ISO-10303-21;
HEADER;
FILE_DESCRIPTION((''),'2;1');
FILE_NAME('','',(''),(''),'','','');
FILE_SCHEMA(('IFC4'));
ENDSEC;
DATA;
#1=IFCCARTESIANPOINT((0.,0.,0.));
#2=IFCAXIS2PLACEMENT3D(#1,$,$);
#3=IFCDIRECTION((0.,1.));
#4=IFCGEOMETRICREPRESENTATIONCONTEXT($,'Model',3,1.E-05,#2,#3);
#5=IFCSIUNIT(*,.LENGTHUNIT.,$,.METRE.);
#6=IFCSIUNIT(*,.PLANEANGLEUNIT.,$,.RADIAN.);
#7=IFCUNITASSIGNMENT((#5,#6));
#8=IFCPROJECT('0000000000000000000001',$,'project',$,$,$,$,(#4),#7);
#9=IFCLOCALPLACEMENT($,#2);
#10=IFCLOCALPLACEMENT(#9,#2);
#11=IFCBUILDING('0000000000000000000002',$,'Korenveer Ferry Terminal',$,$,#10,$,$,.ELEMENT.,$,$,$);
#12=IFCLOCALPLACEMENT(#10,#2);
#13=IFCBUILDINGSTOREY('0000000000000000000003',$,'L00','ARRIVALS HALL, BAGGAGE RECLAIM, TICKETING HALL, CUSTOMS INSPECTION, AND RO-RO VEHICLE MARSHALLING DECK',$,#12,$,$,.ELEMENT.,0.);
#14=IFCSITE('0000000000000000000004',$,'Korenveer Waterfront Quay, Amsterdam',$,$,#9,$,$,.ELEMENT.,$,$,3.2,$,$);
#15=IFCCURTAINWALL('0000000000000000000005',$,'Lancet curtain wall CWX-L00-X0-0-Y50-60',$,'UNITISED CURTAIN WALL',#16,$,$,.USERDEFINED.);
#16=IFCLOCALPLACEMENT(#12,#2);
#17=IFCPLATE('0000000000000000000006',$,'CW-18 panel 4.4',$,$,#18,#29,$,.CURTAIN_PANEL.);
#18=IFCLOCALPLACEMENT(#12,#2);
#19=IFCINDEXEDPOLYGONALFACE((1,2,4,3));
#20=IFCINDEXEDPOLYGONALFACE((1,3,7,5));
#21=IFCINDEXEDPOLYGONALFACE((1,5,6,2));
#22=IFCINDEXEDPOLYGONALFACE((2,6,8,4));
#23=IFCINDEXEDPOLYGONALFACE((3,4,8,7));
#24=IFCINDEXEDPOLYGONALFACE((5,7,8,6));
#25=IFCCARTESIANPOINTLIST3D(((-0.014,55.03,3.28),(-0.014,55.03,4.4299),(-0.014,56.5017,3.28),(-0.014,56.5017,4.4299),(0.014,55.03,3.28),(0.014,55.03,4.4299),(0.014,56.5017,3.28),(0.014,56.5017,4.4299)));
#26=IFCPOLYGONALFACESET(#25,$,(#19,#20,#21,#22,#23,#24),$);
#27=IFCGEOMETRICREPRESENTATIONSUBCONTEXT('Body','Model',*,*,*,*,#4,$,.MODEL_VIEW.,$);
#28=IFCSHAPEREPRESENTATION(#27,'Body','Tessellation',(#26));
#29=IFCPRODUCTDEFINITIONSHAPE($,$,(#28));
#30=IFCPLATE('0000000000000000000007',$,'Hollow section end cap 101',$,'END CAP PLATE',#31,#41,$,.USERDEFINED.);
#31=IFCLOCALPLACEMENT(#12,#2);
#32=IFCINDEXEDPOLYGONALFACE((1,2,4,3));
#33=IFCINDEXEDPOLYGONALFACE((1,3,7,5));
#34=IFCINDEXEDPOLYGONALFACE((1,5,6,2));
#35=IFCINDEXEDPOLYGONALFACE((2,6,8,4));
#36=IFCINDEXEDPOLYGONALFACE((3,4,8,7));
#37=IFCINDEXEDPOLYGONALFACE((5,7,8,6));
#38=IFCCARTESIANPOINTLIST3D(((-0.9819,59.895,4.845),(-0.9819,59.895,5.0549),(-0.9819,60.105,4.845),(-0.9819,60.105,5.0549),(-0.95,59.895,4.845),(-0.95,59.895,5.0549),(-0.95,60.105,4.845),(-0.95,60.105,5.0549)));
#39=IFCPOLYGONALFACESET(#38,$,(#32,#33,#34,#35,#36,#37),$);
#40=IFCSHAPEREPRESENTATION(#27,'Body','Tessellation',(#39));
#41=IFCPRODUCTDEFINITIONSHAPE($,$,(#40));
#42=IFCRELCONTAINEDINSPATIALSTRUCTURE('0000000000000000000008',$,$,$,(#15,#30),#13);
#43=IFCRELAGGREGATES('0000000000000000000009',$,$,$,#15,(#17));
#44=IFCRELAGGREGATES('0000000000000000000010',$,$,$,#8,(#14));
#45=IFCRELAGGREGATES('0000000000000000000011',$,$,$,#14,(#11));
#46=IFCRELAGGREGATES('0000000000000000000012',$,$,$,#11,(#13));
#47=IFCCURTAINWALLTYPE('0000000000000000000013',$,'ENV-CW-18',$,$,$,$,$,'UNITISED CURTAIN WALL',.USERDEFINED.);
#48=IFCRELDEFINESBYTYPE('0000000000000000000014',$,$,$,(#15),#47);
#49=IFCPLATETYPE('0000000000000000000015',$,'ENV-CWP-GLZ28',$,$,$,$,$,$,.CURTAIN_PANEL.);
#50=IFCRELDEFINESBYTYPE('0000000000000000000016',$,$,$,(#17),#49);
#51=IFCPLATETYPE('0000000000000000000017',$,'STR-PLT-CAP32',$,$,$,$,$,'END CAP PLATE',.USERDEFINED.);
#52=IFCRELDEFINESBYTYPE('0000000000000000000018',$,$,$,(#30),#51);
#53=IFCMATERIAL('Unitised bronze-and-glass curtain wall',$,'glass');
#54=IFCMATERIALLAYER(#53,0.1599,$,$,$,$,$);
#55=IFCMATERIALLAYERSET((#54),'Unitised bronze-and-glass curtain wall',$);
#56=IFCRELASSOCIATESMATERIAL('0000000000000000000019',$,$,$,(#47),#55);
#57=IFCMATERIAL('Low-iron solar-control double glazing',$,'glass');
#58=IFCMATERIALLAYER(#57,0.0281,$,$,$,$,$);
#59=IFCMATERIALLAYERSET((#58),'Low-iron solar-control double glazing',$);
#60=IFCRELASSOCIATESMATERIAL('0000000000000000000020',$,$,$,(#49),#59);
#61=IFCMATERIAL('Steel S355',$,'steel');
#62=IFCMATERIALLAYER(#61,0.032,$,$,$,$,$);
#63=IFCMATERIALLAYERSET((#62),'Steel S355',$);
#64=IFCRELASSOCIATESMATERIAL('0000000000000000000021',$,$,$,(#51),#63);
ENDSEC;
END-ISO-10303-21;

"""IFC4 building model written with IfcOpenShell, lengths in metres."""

from ifc_helpers import new_model, si_unit, direction, frame, origin, origin_2d, place, context, subcontext, project, spatial, rectangle, extrude, material, layer, layer_set, type_object, element, aggregate, save


model = new_model("IFC4")

# Units and contexts
model_context = context("Model", 3, precision=1e-05, world=origin(), true_north=direction((0.0, 1.0)))
body_context = subcontext(model_context, "Body", "Model", "MODEL_VIEW")
ifc_project = project(units=[si_unit("LENGTHUNIT", "METRE"), si_unit("PLANEANGLEUNIT", "RADIAN")], contexts=[model_context])

# Site, building, storey
site_placement = place(None, origin())
site = spatial("IfcSite", under=ifc_project, at=site_placement, Name="Korenveer Waterfront Quay, Amsterdam", CompositionType="ELEMENT", RefElevation=3.2)
building_placement = place(site_placement, origin())
building = spatial("IfcBuilding", under=site, at=building_placement, Name="Korenveer Ferry Terminal", CompositionType="ELEMENT")
storey_placement = place(building_placement, origin())
storey = spatial("IfcBuildingStorey", under=building, at=storey_placement, Name="L00", Description="ARRIVALS HALL, BAGGAGE RECLAIM, TICKETING HALL, CUSTOMS INSPECTION, AND RO-RO VEHICLE MARSHALLING DECK", CompositionType="ELEMENT", Elevation=0.0)

# Curtain wall
ifc_material_1 = material(Name="Unitised bronze-and-glass curtain wall", Category="glass")
ifc_layer_1 = layer(ifc_material_1, 0.1599)
ifc_layer_set_1 = layer_set([ifc_layer_1], Name="Unitised bronze-and-glass curtain wall")
curtain_wall_type = type_object("IfcCurtainWallType", Name="ENV-CW-18", ElementType="UNITISED CURTAIN WALL", PredefinedType="USERDEFINED", material=ifc_layer_set_1)
curtain_wall_placement = place(storey_placement, frame((0.0, 50.405, 0.0)))
curtain_wall = element("IfcCurtainWall", 1, at=curtain_wall_placement, inside=storey, type_object=curtain_wall_type, Name="Lancet curtain wall CWX-L00-X0-0-Y50-60", ObjectType="UNITISED CURTAIN WALL", PredefinedType="USERDEFINED")

# Shared definitions
ifc_material_2 = material(Name="Steel S355", Category="steel")

# Plates
ifc_material_3 = material(Name="Low-iron solar-control double glazing", Category="glass")
ifc_layer_2 = layer(ifc_material_3, 0.0281)
ifc_layer_set_2 = layer_set([ifc_layer_2], Name="Low-iron solar-control double glazing")
plate_type_1 = type_object("IfcPlateType", Name="ENV-CWP-GLZ28", PredefinedType="CURTAIN_PANEL", material=ifc_layer_set_2)
plate_1_placement = place(storey_placement, frame((0.0, 55.7659, 3.28), z_axis=(0.0, 0.0, 1.0), x_axis=(0.0, 1.0, 0.0)))
plate_1 = element("IfcPlate", 2, at=plate_1_placement, type_object=plate_type_1, Name="CW-18 panel 4.4", PredefinedType="CURTAIN_PANEL", context=body_context, shape_type="SweptSolid", body=[
    extrude(rectangle(XDim=1.4717, YDim=0.0281, at=origin_2d()), origin(), (0.0, 0.0, 1.0), 1.1499),
])
aggregate(curtain_wall, [plate_1])
ifc_layer_3 = layer(ifc_material_2, 0.032)
ifc_layer_set_3 = layer_set([ifc_layer_3], Name="Steel S355")
plate_type_2 = type_object("IfcPlateType", Name="STR-PLT-CAP32", ElementType="END CAP PLATE", PredefinedType="USERDEFINED", material=ifc_layer_set_3)
plate_2_placement = place(storey_placement, frame((-0.9819, 60.0, 4.95), z_axis=(1.0, 0.0, 0.0), x_axis=(0.0, 1.0, 0.0)))
element("IfcPlate", 3, at=plate_2_placement, inside=storey, type_object=plate_type_2, Name="Hollow section end cap 101", ObjectType="END CAP PLATE", PredefinedType="USERDEFINED", context=body_context, shape_type="SweptSolid", body=[
    extrude(rectangle(XDim=0.21, YDim=0.21, at=origin_2d()), origin(), (0.0, 0.0, 1.0), 0.032),
])

save(model, "model.ifc")
